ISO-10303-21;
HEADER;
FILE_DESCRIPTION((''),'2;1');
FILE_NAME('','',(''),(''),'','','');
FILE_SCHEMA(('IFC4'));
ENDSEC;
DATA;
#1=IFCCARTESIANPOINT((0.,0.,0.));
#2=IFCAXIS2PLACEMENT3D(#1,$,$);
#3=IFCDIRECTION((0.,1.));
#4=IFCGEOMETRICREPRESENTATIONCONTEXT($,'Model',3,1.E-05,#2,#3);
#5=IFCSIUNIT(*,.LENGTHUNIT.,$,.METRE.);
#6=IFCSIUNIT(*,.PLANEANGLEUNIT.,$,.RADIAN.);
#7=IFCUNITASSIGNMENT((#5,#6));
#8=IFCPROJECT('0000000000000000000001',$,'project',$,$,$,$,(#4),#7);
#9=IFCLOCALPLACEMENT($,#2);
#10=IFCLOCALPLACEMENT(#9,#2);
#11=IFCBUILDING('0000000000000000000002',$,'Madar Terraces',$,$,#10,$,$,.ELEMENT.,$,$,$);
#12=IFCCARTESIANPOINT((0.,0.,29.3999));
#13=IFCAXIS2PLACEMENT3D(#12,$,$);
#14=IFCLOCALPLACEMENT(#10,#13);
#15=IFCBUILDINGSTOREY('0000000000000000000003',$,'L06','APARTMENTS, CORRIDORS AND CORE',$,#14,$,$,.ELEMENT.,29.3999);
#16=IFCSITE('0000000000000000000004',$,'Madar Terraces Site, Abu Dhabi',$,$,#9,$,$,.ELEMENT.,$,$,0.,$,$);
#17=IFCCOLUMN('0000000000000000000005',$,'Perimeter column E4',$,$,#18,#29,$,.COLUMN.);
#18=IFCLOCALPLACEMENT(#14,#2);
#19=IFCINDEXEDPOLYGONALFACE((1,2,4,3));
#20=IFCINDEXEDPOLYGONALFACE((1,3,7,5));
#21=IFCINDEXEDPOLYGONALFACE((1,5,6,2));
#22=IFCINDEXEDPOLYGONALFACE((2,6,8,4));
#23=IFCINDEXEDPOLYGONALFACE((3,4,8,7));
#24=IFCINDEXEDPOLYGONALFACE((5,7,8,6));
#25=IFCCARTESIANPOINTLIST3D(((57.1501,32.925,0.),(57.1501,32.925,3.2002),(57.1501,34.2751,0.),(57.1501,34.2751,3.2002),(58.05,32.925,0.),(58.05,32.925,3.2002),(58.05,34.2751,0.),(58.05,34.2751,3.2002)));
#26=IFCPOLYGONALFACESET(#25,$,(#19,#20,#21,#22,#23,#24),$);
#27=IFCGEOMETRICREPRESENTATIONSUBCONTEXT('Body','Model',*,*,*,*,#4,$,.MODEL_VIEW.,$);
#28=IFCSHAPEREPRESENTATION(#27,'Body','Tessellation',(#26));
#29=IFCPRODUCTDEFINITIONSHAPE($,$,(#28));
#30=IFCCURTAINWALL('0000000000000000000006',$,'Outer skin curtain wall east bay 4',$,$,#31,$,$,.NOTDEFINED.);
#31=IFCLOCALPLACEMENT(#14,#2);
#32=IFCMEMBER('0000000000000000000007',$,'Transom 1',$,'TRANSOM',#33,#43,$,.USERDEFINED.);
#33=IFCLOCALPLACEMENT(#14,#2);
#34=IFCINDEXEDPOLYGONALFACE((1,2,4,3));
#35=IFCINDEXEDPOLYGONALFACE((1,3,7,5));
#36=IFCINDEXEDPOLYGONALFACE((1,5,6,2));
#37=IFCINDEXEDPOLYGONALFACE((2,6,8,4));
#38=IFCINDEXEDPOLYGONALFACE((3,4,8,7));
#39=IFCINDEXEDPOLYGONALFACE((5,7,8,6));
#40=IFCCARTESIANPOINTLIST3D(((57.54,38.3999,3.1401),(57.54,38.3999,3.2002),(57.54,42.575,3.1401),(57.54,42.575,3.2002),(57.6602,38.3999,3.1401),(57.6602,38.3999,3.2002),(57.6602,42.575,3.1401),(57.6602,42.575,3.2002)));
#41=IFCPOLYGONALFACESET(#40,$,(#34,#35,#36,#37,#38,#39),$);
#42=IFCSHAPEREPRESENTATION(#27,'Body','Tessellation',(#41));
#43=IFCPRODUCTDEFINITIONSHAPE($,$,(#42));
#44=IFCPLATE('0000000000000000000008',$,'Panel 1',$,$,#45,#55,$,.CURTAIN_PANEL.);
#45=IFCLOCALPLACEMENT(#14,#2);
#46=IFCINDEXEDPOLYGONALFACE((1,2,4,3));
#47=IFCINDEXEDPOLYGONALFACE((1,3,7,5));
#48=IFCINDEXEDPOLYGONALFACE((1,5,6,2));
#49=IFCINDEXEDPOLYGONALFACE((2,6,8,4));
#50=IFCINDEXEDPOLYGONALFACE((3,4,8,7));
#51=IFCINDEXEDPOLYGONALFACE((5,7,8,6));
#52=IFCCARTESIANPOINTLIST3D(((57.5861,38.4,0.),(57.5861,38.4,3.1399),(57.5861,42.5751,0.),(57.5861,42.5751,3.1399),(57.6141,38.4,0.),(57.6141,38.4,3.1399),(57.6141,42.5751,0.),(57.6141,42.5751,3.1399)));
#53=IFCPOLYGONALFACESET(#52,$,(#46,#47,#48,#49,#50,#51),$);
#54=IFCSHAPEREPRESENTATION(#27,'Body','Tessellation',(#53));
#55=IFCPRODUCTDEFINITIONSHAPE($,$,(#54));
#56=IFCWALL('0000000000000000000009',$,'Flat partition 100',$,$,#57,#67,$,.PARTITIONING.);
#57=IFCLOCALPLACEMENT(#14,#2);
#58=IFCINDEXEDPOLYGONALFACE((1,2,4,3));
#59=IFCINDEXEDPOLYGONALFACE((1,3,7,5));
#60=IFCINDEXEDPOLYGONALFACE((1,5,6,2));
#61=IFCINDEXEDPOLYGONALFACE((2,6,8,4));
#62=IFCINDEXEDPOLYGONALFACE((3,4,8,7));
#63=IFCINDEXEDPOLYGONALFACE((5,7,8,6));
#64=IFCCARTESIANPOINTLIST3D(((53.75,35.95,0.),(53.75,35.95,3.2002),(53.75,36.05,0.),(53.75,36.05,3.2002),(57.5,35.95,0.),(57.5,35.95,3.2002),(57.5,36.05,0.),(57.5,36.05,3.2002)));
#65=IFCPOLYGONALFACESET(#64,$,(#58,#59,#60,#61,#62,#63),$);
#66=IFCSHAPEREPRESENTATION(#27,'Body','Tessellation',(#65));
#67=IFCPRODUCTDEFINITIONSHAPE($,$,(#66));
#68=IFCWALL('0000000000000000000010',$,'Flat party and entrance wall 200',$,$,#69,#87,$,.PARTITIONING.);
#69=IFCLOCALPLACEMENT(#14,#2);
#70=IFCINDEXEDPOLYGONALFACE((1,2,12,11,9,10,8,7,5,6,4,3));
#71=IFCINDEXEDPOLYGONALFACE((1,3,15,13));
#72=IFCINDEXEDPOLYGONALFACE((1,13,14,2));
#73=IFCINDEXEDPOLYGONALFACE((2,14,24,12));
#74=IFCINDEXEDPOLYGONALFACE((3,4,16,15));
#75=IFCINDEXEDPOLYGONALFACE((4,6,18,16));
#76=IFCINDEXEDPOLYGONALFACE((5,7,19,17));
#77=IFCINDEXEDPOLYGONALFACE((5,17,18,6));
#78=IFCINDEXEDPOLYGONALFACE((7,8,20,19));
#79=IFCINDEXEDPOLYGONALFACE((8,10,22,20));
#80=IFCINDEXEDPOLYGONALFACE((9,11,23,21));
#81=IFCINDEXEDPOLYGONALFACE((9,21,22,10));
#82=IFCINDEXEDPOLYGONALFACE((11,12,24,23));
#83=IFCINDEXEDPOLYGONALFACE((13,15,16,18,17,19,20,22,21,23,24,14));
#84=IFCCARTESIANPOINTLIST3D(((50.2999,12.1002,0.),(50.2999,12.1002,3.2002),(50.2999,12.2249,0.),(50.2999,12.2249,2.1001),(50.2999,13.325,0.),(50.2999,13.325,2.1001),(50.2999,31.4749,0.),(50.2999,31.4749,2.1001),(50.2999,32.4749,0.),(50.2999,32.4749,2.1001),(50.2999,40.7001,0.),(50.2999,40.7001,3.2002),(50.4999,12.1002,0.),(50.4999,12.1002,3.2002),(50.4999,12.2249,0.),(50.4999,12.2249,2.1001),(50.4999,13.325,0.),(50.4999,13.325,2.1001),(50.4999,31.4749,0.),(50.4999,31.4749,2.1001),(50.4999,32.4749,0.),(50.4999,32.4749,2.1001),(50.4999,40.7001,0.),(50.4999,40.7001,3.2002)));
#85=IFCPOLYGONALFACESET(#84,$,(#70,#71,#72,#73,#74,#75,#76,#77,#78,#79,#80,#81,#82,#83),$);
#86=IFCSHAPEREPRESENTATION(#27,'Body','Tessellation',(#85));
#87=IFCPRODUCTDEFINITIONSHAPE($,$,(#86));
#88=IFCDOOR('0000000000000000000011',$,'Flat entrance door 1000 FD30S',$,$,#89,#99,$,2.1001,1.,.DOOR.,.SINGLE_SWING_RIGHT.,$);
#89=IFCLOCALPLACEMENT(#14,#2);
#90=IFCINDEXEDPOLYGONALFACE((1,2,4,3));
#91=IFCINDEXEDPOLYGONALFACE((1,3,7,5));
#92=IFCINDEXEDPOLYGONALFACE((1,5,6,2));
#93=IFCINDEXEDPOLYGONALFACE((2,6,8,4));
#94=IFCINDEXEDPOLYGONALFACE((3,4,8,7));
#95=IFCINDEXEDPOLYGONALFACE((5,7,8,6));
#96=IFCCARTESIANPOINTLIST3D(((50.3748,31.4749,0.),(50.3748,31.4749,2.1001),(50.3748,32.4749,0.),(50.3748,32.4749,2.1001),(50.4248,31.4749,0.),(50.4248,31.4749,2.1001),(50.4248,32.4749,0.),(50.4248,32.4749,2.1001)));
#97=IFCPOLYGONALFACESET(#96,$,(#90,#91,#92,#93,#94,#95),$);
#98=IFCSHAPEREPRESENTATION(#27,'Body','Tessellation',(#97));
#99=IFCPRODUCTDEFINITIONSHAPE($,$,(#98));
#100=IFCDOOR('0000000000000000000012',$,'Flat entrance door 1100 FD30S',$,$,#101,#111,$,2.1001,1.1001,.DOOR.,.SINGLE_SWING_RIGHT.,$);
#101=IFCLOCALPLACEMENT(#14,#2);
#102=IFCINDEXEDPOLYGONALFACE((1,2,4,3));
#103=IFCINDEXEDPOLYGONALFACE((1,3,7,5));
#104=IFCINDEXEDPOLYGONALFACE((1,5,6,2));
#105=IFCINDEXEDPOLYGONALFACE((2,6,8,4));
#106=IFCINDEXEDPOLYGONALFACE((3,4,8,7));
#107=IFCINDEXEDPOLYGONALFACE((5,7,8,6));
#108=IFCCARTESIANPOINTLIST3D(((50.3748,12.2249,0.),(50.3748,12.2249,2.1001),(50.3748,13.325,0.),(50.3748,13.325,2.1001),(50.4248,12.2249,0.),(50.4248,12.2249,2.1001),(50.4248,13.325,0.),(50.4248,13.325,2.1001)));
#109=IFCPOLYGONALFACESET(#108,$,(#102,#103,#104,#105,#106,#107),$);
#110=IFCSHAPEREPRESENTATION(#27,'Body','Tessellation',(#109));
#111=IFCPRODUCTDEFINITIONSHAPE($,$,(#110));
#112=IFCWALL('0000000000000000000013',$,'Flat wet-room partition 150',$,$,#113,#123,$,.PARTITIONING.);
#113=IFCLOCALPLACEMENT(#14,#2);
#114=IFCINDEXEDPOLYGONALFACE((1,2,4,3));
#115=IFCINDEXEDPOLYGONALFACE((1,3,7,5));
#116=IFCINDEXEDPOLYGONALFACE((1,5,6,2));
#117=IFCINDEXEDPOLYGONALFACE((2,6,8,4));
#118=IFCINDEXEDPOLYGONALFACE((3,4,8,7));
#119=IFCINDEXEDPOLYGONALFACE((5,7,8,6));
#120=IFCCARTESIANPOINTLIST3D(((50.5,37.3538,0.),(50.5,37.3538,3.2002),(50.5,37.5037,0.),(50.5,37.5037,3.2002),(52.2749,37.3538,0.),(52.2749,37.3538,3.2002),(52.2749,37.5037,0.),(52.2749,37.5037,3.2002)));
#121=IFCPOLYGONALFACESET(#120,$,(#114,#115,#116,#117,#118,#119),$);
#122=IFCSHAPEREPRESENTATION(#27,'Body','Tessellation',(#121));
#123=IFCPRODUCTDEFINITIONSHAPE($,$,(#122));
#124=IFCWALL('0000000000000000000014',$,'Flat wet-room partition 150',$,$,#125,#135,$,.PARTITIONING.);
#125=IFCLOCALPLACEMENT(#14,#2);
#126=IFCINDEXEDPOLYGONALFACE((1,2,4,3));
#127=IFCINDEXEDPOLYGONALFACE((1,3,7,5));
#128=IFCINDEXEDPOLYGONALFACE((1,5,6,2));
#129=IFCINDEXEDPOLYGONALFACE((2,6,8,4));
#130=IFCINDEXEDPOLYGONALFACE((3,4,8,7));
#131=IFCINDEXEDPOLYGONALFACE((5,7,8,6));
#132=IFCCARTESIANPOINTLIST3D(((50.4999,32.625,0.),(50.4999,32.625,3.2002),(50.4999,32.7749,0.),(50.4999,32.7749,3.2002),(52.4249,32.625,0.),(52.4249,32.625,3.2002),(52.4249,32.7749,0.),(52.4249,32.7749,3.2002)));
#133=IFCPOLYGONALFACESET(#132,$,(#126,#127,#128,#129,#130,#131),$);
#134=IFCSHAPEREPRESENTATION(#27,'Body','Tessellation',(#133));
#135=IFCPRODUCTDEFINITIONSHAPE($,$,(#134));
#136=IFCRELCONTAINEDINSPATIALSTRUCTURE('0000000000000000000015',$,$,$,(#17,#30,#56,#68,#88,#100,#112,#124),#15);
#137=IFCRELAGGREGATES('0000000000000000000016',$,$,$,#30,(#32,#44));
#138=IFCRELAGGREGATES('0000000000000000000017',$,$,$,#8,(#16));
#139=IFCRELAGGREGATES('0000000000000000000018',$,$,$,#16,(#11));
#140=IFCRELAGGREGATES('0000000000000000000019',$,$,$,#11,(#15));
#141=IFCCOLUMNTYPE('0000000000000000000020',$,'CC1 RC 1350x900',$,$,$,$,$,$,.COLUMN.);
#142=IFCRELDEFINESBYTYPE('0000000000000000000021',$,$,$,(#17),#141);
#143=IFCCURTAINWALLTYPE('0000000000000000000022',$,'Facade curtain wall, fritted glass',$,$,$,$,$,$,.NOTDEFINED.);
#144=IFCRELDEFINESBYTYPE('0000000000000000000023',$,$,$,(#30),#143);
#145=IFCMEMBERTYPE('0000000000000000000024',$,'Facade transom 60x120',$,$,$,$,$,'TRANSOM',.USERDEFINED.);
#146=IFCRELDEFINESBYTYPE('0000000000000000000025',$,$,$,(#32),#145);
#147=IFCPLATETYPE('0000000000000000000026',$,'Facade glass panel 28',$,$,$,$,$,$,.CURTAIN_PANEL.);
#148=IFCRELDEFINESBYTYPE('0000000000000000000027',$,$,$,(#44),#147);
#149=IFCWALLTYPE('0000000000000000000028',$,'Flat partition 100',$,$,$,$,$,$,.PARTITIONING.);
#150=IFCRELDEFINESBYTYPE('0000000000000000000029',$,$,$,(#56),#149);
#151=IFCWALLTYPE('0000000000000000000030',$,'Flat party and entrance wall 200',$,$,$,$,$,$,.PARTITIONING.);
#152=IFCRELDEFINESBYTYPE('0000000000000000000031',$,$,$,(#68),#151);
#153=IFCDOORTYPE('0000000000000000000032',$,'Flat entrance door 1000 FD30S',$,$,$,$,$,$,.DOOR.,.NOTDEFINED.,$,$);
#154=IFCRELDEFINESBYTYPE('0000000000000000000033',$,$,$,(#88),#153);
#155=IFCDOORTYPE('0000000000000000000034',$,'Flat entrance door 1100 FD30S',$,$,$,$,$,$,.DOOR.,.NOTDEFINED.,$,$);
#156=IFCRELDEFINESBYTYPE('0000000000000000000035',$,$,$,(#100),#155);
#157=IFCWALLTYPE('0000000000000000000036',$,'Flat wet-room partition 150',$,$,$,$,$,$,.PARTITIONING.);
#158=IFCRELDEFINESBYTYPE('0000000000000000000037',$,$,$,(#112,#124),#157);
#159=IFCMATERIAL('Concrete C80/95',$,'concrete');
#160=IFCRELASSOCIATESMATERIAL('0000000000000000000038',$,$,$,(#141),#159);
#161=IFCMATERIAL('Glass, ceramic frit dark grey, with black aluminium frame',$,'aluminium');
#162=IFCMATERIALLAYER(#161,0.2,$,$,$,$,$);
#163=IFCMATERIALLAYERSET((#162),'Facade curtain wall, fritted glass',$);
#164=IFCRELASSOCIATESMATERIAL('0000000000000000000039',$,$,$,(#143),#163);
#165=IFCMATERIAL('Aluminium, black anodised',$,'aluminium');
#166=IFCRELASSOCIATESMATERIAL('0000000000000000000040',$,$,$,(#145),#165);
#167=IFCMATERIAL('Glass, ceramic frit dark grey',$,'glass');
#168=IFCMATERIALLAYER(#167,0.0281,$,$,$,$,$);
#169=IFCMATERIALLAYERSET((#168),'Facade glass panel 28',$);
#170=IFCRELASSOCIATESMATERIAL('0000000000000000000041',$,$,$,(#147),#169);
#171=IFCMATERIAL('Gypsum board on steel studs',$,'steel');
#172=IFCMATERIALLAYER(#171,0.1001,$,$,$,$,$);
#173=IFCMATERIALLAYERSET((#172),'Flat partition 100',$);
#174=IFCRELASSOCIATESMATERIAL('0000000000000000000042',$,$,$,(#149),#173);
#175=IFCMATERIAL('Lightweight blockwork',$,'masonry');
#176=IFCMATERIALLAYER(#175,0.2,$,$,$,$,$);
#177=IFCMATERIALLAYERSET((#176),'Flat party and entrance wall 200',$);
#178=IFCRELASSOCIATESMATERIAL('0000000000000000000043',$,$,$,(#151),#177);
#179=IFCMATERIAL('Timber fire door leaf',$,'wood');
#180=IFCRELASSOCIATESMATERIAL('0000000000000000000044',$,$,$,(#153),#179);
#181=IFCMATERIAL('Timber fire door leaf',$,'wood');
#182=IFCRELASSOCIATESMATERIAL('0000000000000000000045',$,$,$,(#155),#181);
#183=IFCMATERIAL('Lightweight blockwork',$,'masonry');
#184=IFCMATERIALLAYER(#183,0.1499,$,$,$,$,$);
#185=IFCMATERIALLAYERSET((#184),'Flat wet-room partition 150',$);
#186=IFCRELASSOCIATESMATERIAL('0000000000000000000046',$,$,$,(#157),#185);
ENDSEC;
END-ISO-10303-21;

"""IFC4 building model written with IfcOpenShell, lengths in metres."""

from ifc_helpers import new_model, si_unit, direction, frame, frame_2d, origin, origin_2d, place, context, subcontext, project, spatial, rectangle, extrude, material, layer, layer_set, material_profile, profile_set, type_object, element, fill, aggregate, save


model = new_model("IFC4")

# Units and contexts
model_context = context("Model", 3, precision=1e-05, world=origin(), true_north=direction((0.0, 1.0)))
body_context = subcontext(model_context, "Body", "Model", "MODEL_VIEW")
ifc_project = project(units=[si_unit("LENGTHUNIT", "METRE"), si_unit("PLANEANGLEUNIT", "RADIAN")], contexts=[model_context])

# Site, building, storey
site_placement = place(None, origin())
site = spatial("IfcSite", under=ifc_project, at=site_placement, Name="Madar Terraces Site, Abu Dhabi", CompositionType="ELEMENT", RefElevation=0.0)
building_placement = place(site_placement, origin())
building = spatial("IfcBuilding", under=site, at=building_placement, Name="Madar Terraces", CompositionType="ELEMENT")
storey_placement = place(building_placement, frame((0.0, 0.0, 29.3999)))
storey = spatial("IfcBuildingStorey", under=building, at=storey_placement, Name="L06", Description="APARTMENTS, CORRIDORS AND CORE", CompositionType="ELEMENT", Elevation=29.3999)

# Column
ifc_material_1 = material(Name="Concrete C80/95", Category="concrete")
ifc_material_profile_1 = material_profile(ifc_material_1, rectangle(XDim=1.3501, YDim=0.8999, at=origin_2d()), Name="CC1 RC 1350x900")
ifc_profile_set_1 = profile_set([ifc_material_profile_1], Name="Concrete C80/95")
column_type = type_object("IfcColumnType", Name="CC1 RC 1350x900", PredefinedType="COLUMN", material=ifc_profile_set_1)
column_placement = place(storey_placement, frame((57.6001, 33.6001, 0.0), z_axis=(0.0, 0.0, 1.0), x_axis=(0.0, 1.0, 0.0)))
element("IfcColumn", 1, at=column_placement, inside=storey, type_object=column_type, Name="Perimeter column E4", PredefinedType="COLUMN", context=body_context, shape_type="SweptSolid", body=[
    extrude(rectangle(XDim=1.3501, YDim=0.8999, at=origin_2d()), origin(), (0.0, 0.0, 1.0), 3.2002),
])

# Curtain wall, member, plate
ifc_material_2 = material(Name="Glass, ceramic frit dark grey, with black aluminium frame", Category="aluminium")
ifc_layer_1 = layer(ifc_material_2, 0.2)
ifc_layer_set_1 = layer_set([ifc_layer_1], Name="Facade curtain wall, fritted glass")
curtain_wall_type = type_object("IfcCurtainWallType", Name="Facade curtain wall, fritted glass", PredefinedType="NOTDEFINED", material=ifc_layer_set_1)
curtain_wall_placement = place(storey_placement, origin())
curtain_wall = element("IfcCurtainWall", 2, at=curtain_wall_placement, inside=storey, type_object=curtain_wall_type, Name="Outer skin curtain wall east bay 4", PredefinedType="NOTDEFINED")
ifc_material_3 = material(Name="Aluminium, black anodised", Category="aluminium")
ifc_material_profile_2 = material_profile(ifc_material_3, rectangle(XDim=0.1201, YDim=0.0601, at=origin_2d()), Name="Facade transom 60x120")
ifc_profile_set_2 = profile_set([ifc_material_profile_2], Name="Aluminium, black anodised")
member_type = type_object("IfcMemberType", Name="Facade transom 60x120", ElementType="TRANSOM", PredefinedType="USERDEFINED", material=ifc_profile_set_2)
member_placement = place(storey_placement, frame((57.6001, 38.3999, 3.1702), z_axis=(0.0, 1.0, 0.0), x_axis=(-1.0, 0.0, 0.0)))
member = element("IfcMember", 3, at=member_placement, type_object=member_type, Name="Transom 1", ObjectType="TRANSOM", PredefinedType="USERDEFINED", context=body_context, shape_type="SweptSolid", body=[
    extrude(rectangle(XDim=0.1201, YDim=0.0601, at=origin_2d()), origin(), (0.0, 0.0, 1.0), 4.175),
])
ifc_material_4 = material(Name="Glass, ceramic frit dark grey", Category="glass")
ifc_layer_2 = layer(ifc_material_4, 0.0281)
ifc_layer_set_2 = layer_set([ifc_layer_2], Name="Facade glass panel 28")
plate_type = type_object("IfcPlateType", Name="Facade glass panel 28", PredefinedType="CURTAIN_PANEL", material=ifc_layer_set_2)
plate_placement = place(storey_placement, frame((57.6001, 40.4875, 0.0), z_axis=(0.0, 0.0, 1.0), x_axis=(0.0, 1.0, 0.0)))
plate = element("IfcPlate", 4, at=plate_placement, type_object=plate_type, Name="Panel 1", PredefinedType="CURTAIN_PANEL", context=body_context, shape_type="SweptSolid", body=[
    extrude(rectangle(XDim=4.175, YDim=0.0281, at=origin_2d()), origin(), (0.0, 0.0, 1.0), 3.1399),
])
aggregate(curtain_wall, [member, plate])

# Wall
ifc_material_5 = material(Name="Gypsum board on steel studs", Category="steel")
ifc_layer_3 = layer(ifc_material_5, 0.1001)
ifc_layer_set_3 = layer_set([ifc_layer_3], Name="Flat partition 100")
wall_type_1 = type_object("IfcWallType", Name="Flat partition 100", PredefinedType="PARTITIONING", material=ifc_layer_set_3)
wall_1_placement = place(storey_placement, frame((53.75, 36.0, 0.0), z_axis=(0.0, 0.0, 1.0), x_axis=(1.0, 0.0, 0.0)))
element("IfcWall", 5, at=wall_1_placement, inside=storey, type_object=wall_type_1, Name="Flat partition 100", PredefinedType="PARTITIONING", context=body_context, shape_type="SweptSolid", body=[
    extrude(rectangle(XDim=3.75, YDim=0.1001, at=frame_2d((1.875, 0.0))), origin(), (0.0, 0.0, 1.0), 3.2002),
])

# Wall, openings, doors
ifc_material_6 = material(Name="Lightweight blockwork", Category="masonry")
ifc_layer_4 = layer(ifc_material_6, 0.2)
ifc_layer_set_4 = layer_set([ifc_layer_4], Name="Flat party and entrance wall 200")
wall_type_2 = type_object("IfcWallType", Name="Flat party and entrance wall 200", PredefinedType="PARTITIONING", material=ifc_layer_set_4)
wall_2_placement = place(storey_placement, frame((50.3999, 40.7, 0.0), z_axis=(0.0, 0.0, 1.0), x_axis=(0.0, -1.0, 0.0)))
wall_2 = element("IfcWall", 6, at=wall_2_placement, inside=storey, type_object=wall_type_2, Name="Flat party and entrance wall 200", PredefinedType="PARTITIONING", context=body_context, shape_type="SweptSolid", body=[
    extrude(rectangle(XDim=28.5999, YDim=0.2, at=frame_2d((14.2998, 0.0))), origin(), (0.0, 0.0, 1.0), 3.2002),
])
opening_1_placement = place(wall_2_placement, frame((27.375, 0.0, 0.0)))
opening_1 = element("IfcOpeningElement", 7, at=opening_1_placement, cuts=wall_2, PredefinedType="OPENING", context=body_context, shape_type="SweptSolid", body=[
    extrude(rectangle(XDim=1.1001, YDim=2.1001, at=frame_2d((0.55, 1.05))), frame((0.0, 0.1099, 0.0), z_axis=(0.0, -1.0, 0.0), x_axis=(1.0, 0.0, 0.0)), (0.0, 0.0, 1.0), 0.22),
])
opening_2_placement = place(wall_2_placement, frame((8.2251, 0.0, 0.0)))
opening_2 = element("IfcOpeningElement", 8, at=opening_2_placement, cuts=wall_2, PredefinedType="OPENING", context=body_context, shape_type="SweptSolid", body=[
    extrude(rectangle(XDim=1.0, YDim=2.1001, at=frame_2d((0.5, 1.05))), frame((0.0, 0.1099, 0.0), z_axis=(0.0, -1.0, 0.0), x_axis=(1.0, 0.0, 0.0)), (0.0, 0.0, 1.0), 0.22),
])
ifc_material_7 = material(Name="Timber fire door leaf", Category="wood")
door_type_1 = type_object("IfcDoorType", Name="Flat entrance door 1000 FD30S", OperationType="NOTDEFINED", PredefinedType="DOOR", material=ifc_material_7)
door_1_placement = place(opening_2_placement, origin())
door_1 = element("IfcDoor", 9, at=door_1_placement, inside=storey, type_object=door_type_1, Name="Flat entrance door 1000 FD30S", OperationType="SINGLE_SWING_RIGHT", OverallHeight=2.1001, OverallWidth=1.0, PredefinedType="DOOR", context=body_context, shape_type="SweptSolid", body=[
    extrude(rectangle(XDim=1.0, YDim=2.1001, at=frame_2d((0.5, 1.05))), frame((0.0, 0.0249, 0.0), z_axis=(0.0, -1.0, 0.0), x_axis=(1.0, 0.0, 0.0)), (0.0, 0.0, 1.0), 0.05),
])
fill(opening_2, door_1)
ifc_material_8 = material(Name="Timber fire door leaf", Category="wood")
door_type_2 = type_object("IfcDoorType", Name="Flat entrance door 1100 FD30S", OperationType="NOTDEFINED", PredefinedType="DOOR", material=ifc_material_8)
door_2_placement = place(opening_1_placement, origin())
door_2 = element("IfcDoor", 10, at=door_2_placement, inside=storey, type_object=door_type_2, Name="Flat entrance door 1100 FD30S", OperationType="SINGLE_SWING_RIGHT", OverallHeight=2.1001, OverallWidth=1.1001, PredefinedType="DOOR", context=body_context, shape_type="SweptSolid", body=[
    extrude(rectangle(XDim=1.1001, YDim=2.1001, at=frame_2d((0.55, 1.05))), frame((0.0, 0.0249, 0.0), z_axis=(0.0, -1.0, 0.0), x_axis=(1.0, 0.0, 0.0)), (0.0, 0.0, 1.0), 0.05),
])
fill(opening_1, door_2)

# Walls
ifc_material_9 = material(Name="Lightweight blockwork", Category="masonry")
ifc_layer_5 = layer(ifc_material_9, 0.1499)
ifc_layer_set_5 = layer_set([ifc_layer_5], Name="Flat wet-room partition 150")
wall_type_3 = type_object("IfcWallType", Name="Flat wet-room partition 150", PredefinedType="PARTITIONING", material=ifc_layer_set_5)
wall_3_placement = place(storey_placement, frame((50.5, 37.4287, 0.0), z_axis=(0.0, 0.0, 1.0), x_axis=(1.0, 0.0, 0.0)))
element("IfcWall", 11, at=wall_3_placement, inside=storey, type_object=wall_type_3, Name="Flat wet-room partition 150", PredefinedType="PARTITIONING", context=body_context, shape_type="SweptSolid", body=[
    extrude(rectangle(XDim=1.7749, YDim=0.1499, at=frame_2d((0.8875, 0.0))), origin(), (0.0, 0.0, 1.0), 3.2002),
])
wall_4_placement = place(storey_placement, frame((50.5, 32.7, 0.0), z_axis=(0.0, 0.0, 1.0), x_axis=(1.0, 0.0, 0.0)))
element("IfcWall", 12, at=wall_4_placement, inside=storey, type_object=wall_type_3, Name="Flat wet-room partition 150", PredefinedType="PARTITIONING", context=body_context, shape_type="SweptSolid", body=[
    extrude(rectangle(XDim=1.925, YDim=0.1499, at=frame_2d((0.9624, 0.0))), origin(), (0.0, 0.0, 1.0), 3.2002),
])

save(model, "model.ifc")
